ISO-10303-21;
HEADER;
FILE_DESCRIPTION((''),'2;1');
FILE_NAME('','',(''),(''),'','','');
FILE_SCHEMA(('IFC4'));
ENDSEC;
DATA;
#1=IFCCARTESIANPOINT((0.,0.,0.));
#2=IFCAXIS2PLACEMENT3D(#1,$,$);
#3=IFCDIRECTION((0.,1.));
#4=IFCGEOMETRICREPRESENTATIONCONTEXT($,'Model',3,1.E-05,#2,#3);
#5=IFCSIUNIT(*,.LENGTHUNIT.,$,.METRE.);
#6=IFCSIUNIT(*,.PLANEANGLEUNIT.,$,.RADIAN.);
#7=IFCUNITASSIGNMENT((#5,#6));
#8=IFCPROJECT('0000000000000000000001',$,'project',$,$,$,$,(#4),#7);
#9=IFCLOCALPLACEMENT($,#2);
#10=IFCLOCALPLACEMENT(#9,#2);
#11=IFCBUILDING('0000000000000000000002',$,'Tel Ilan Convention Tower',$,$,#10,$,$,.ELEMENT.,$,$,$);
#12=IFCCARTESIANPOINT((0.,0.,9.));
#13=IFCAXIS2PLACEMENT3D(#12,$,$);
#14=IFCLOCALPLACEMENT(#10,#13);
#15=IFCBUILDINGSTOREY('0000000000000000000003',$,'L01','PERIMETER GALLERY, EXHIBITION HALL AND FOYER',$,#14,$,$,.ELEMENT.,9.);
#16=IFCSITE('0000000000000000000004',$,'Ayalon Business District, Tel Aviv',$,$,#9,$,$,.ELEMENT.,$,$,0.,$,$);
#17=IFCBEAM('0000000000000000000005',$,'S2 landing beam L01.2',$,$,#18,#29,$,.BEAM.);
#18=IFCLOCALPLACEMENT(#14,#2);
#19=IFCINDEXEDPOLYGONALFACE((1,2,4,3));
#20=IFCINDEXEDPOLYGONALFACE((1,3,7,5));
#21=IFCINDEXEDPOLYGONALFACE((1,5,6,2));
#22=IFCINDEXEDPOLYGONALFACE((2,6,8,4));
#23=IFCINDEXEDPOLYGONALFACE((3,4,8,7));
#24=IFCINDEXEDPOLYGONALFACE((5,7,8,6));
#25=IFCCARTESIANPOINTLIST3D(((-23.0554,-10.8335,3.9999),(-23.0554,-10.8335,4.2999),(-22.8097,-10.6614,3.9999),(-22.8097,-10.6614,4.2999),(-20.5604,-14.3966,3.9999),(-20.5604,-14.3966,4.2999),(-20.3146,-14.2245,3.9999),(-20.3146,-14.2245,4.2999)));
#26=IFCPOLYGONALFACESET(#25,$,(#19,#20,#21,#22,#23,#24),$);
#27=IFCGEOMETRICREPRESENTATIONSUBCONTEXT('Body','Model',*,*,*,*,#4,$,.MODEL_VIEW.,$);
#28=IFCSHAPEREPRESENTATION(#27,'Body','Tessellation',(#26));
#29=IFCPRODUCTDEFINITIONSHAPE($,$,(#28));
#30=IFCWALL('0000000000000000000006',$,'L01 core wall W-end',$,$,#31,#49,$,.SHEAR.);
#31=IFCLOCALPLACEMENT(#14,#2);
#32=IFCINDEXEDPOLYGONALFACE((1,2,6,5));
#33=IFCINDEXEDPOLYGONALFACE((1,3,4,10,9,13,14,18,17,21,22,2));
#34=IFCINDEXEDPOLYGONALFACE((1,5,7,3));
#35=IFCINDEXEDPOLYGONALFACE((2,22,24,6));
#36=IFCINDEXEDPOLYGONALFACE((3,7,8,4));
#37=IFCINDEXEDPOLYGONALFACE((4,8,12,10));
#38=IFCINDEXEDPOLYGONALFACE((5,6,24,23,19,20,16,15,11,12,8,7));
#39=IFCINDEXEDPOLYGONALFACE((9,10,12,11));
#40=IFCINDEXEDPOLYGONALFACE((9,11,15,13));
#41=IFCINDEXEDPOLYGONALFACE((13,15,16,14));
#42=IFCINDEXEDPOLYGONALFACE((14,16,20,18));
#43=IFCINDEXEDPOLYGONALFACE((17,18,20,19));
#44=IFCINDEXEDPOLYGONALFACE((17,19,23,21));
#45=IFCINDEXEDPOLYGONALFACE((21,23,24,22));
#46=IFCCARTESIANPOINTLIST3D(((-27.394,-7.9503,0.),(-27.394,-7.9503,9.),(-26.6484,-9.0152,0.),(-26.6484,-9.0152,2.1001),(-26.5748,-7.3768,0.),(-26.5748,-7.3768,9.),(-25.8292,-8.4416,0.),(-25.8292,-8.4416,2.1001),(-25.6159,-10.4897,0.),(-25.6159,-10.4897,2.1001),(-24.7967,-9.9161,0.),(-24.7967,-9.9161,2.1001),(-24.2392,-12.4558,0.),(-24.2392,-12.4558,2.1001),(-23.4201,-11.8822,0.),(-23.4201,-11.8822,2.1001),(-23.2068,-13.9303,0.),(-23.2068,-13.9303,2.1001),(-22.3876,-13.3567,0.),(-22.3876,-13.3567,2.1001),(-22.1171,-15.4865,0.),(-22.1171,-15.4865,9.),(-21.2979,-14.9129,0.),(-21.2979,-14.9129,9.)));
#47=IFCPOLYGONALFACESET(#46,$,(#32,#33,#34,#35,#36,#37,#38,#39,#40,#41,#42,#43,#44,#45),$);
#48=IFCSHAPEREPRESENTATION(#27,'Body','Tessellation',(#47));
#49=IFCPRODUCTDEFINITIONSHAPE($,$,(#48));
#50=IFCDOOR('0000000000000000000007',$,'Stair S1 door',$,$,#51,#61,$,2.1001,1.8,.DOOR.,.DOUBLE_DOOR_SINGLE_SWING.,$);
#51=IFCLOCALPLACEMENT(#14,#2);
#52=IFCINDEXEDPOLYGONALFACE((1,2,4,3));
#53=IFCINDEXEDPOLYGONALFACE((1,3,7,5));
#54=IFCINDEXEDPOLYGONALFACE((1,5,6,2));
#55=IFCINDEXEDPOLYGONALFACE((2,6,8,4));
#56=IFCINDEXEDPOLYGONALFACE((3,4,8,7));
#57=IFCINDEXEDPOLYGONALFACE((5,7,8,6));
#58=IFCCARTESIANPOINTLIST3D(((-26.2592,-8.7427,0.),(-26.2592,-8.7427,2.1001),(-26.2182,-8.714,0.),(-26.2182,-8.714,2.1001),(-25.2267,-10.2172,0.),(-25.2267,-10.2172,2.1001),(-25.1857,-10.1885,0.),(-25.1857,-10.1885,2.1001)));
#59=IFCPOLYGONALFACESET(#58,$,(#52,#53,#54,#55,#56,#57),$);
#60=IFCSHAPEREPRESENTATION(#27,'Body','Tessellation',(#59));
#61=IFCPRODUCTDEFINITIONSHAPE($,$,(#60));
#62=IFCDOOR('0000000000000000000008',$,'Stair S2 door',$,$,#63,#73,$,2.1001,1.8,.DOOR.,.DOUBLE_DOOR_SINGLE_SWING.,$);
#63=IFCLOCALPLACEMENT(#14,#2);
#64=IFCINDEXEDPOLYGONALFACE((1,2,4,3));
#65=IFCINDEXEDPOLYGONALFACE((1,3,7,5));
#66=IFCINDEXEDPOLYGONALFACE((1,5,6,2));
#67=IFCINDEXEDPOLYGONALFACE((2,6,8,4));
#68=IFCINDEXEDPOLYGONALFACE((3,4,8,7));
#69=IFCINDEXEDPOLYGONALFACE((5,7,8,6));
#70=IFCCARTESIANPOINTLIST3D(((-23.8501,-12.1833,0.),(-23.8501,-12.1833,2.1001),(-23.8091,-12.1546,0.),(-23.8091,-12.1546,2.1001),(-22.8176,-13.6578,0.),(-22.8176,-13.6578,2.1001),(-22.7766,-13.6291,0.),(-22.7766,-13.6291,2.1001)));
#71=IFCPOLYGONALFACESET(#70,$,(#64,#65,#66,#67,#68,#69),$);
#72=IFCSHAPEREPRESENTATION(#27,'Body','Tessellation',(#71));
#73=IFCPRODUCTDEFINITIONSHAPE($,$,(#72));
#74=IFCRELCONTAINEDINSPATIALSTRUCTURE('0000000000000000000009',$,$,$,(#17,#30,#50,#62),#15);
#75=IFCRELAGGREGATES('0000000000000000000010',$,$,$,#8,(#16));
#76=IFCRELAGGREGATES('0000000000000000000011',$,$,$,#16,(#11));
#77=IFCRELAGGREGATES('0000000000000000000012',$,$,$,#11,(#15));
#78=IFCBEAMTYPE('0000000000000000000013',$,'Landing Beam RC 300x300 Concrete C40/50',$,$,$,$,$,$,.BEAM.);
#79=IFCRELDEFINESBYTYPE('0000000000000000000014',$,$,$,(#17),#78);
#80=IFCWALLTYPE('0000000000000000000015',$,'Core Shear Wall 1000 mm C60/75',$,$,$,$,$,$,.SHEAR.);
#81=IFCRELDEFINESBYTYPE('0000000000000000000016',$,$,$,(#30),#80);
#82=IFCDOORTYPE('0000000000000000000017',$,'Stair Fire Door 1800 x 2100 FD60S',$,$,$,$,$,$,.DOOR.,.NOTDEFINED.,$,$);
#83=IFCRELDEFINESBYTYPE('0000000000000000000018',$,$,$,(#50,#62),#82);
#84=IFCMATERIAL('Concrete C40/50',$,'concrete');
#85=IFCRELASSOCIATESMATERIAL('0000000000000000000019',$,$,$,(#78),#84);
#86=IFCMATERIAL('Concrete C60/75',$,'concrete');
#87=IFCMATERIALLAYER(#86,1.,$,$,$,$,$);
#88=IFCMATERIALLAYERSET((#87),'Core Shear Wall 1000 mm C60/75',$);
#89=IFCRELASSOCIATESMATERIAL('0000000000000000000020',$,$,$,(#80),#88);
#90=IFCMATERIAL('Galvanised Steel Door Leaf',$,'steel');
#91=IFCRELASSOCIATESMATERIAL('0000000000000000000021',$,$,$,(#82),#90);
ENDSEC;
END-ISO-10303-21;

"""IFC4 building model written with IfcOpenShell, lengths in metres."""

from ifc_helpers import new_model, si_unit, direction, frame, frame_2d, origin, origin_2d, place, context, subcontext, project, spatial, polyline, rectangle, outline, extrude, material, layer, layer_set, material_profile, profile_set, type_object, element, fill, save


model = new_model("IFC4")

# Units and contexts
model_context = context("Model", 3, precision=1e-05, world=origin(), true_north=direction((0.0, 1.0)))
body_context = subcontext(model_context, "Body", "Model", "MODEL_VIEW")
ifc_project = project(units=[si_unit("LENGTHUNIT", "METRE"), si_unit("PLANEANGLEUNIT", "RADIAN")], contexts=[model_context])

# Site, building, storey
site_placement = place(None, origin())
site = spatial("IfcSite", under=ifc_project, at=site_placement, Name="Ayalon Business District, Tel Aviv", CompositionType="ELEMENT", RefElevation=0.0)
building_placement = place(site_placement, origin())
building = spatial("IfcBuilding", under=site, at=building_placement, Name="Tel Ilan Convention Tower", CompositionType="ELEMENT")
storey_placement = place(building_placement, frame((0.0, 0.0, 9.0)))
storey = spatial("IfcBuildingStorey", under=building, at=storey_placement, Name="L01", Description="PERIMETER GALLERY, EXHIBITION HALL AND FOYER", CompositionType="ELEMENT", Elevation=9.0)

# Beam
ifc_material_1 = material(Name="Concrete C40/50", Category="concrete")
ifc_material_profile = material_profile(ifc_material_1, rectangle(XDim=0.3, YDim=0.3, at=origin_2d()), Name="RC 300x300")
ifc_profile_set = profile_set([ifc_material_profile], Name="Concrete C40/50")
beam_type = type_object("IfcBeamType", Name="Landing Beam RC 300x300 Concrete C40/50", PredefinedType="BEAM", material=ifc_profile_set)
beam_placement = place(storey_placement, frame((-20.4375, -14.3105, 4.1499), z_axis=(-0.573594, 0.81914, 0.0), x_axis=(-0.81914, -0.573594, 0.0)))
element("IfcBeam", 1, at=beam_placement, inside=storey, type_object=beam_type, Name="S2 landing beam L01.2", PredefinedType="BEAM", context=body_context, shape_type="SweptSolid", body=[
    extrude(rectangle(XDim=0.3, YDim=0.3, at=origin_2d()), origin(), (0.0, 0.0, 1.0), 4.3499),
])

# Wall, openings, doors
ifc_material_2 = material(Name="Concrete C60/75", Category="concrete")
ifc_layer = layer(ifc_material_2, 1.0)
ifc_layer_set = layer_set([ifc_layer], Name="Core Shear Wall 1000 mm C60/75")
wall_type = type_object("IfcWallType", Name="Core Shear Wall 1000 mm C60/75", PredefinedType="SHEAR", material=ifc_layer_set)
wall_placement = place(storey_placement, frame((-21.7075, -15.1997, 0.0), z_axis=(0.0, 0.0, 1.0), x_axis=(-0.573576, 0.819152, 0.0)))
wall = element("IfcWall", 2, at=wall_placement, inside=storey, type_object=wall_type, Name="L01 core wall W-end", PredefinedType="SHEAR", context=body_context, shape_type="SweptSolid", body=[
    extrude(outline(polyline([(0.0, 0.5), (0.0, -0.5), (9.2, -0.5), (9.2, 0.5), (0.0, 0.5)])), origin(), (0.0, 0.0, 1.0), 9.0),
])
opening_1_placement = place(wall_placement, frame((6.1001, 0.0, 0.0)))
opening_1 = element("IfcOpeningElement", 3, at=opening_1_placement, cuts=wall, PredefinedType="OPENING", context=body_context, shape_type="SweptSolid", body=[
    extrude(rectangle(XDim=1.8, YDim=2.1001, at=frame_2d((0.8999, 1.05))), frame((0.0, 0.51, 0.0), z_axis=(0.0, -1.0, 0.0), x_axis=(1.0, 0.0, 0.0)), (0.0, 0.0, 1.0), 1.02),
])
opening_2_placement = place(wall_placement, frame((1.8999, 0.0, 0.0)))
opening_2 = element("IfcOpeningElement", 4, at=opening_2_placement, cuts=wall, PredefinedType="OPENING", context=body_context, shape_type="SweptSolid", body=[
    extrude(rectangle(XDim=1.8, YDim=2.1001, at=frame_2d((0.8999, 1.05))), frame((0.0, 0.51, 0.0), z_axis=(0.0, -1.0, 0.0), x_axis=(1.0, 0.0, 0.0)), (0.0, 0.0, 1.0), 1.02),
])
ifc_material_3 = material(Name="Galvanised Steel Door Leaf", Category="steel")
door_type = type_object("IfcDoorType", Name="Stair Fire Door 1800 x 2100 FD60S", OperationType="NOTDEFINED", PredefinedType="DOOR", material=ifc_material_3)
door_1_placement = place(opening_1_placement, origin())
door_1 = element("IfcDoor", 5, at=door_1_placement, inside=storey, type_object=door_type, Name="Stair S1 door", OperationType="DOUBLE_DOOR_SINGLE_SWING", OverallHeight=2.1001, OverallWidth=1.8, PredefinedType="DOOR", context=body_context, shape_type="SweptSolid", body=[
    extrude(rectangle(XDim=1.8, YDim=2.1001, at=frame_2d((0.8999, 1.05))), frame((0.0, 0.0249, 0.0), z_axis=(0.0, -1.0, 0.0), x_axis=(1.0, 0.0, 0.0)), (0.0, 0.0, 1.0), 0.05),
])
fill(opening_1, door_1)
door_2_placement = place(opening_2_placement, origin())
door_2 = element("IfcDoor", 6, at=door_2_placement, inside=storey, type_object=door_type, Name="Stair S2 door", OperationType="DOUBLE_DOOR_SINGLE_SWING", OverallHeight=2.1001, OverallWidth=1.8, PredefinedType="DOOR", context=body_context, shape_type="SweptSolid", body=[
    extrude(rectangle(XDim=1.8, YDim=2.1001, at=frame_2d((0.8999, 1.05))), frame((0.0, 0.0249, 0.0), z_axis=(0.0, -1.0, 0.0), x_axis=(1.0, 0.0, 0.0)), (0.0, 0.0, 1.0), 0.05),
])
fill(opening_2, door_2)

save(model, "model.ifc")
